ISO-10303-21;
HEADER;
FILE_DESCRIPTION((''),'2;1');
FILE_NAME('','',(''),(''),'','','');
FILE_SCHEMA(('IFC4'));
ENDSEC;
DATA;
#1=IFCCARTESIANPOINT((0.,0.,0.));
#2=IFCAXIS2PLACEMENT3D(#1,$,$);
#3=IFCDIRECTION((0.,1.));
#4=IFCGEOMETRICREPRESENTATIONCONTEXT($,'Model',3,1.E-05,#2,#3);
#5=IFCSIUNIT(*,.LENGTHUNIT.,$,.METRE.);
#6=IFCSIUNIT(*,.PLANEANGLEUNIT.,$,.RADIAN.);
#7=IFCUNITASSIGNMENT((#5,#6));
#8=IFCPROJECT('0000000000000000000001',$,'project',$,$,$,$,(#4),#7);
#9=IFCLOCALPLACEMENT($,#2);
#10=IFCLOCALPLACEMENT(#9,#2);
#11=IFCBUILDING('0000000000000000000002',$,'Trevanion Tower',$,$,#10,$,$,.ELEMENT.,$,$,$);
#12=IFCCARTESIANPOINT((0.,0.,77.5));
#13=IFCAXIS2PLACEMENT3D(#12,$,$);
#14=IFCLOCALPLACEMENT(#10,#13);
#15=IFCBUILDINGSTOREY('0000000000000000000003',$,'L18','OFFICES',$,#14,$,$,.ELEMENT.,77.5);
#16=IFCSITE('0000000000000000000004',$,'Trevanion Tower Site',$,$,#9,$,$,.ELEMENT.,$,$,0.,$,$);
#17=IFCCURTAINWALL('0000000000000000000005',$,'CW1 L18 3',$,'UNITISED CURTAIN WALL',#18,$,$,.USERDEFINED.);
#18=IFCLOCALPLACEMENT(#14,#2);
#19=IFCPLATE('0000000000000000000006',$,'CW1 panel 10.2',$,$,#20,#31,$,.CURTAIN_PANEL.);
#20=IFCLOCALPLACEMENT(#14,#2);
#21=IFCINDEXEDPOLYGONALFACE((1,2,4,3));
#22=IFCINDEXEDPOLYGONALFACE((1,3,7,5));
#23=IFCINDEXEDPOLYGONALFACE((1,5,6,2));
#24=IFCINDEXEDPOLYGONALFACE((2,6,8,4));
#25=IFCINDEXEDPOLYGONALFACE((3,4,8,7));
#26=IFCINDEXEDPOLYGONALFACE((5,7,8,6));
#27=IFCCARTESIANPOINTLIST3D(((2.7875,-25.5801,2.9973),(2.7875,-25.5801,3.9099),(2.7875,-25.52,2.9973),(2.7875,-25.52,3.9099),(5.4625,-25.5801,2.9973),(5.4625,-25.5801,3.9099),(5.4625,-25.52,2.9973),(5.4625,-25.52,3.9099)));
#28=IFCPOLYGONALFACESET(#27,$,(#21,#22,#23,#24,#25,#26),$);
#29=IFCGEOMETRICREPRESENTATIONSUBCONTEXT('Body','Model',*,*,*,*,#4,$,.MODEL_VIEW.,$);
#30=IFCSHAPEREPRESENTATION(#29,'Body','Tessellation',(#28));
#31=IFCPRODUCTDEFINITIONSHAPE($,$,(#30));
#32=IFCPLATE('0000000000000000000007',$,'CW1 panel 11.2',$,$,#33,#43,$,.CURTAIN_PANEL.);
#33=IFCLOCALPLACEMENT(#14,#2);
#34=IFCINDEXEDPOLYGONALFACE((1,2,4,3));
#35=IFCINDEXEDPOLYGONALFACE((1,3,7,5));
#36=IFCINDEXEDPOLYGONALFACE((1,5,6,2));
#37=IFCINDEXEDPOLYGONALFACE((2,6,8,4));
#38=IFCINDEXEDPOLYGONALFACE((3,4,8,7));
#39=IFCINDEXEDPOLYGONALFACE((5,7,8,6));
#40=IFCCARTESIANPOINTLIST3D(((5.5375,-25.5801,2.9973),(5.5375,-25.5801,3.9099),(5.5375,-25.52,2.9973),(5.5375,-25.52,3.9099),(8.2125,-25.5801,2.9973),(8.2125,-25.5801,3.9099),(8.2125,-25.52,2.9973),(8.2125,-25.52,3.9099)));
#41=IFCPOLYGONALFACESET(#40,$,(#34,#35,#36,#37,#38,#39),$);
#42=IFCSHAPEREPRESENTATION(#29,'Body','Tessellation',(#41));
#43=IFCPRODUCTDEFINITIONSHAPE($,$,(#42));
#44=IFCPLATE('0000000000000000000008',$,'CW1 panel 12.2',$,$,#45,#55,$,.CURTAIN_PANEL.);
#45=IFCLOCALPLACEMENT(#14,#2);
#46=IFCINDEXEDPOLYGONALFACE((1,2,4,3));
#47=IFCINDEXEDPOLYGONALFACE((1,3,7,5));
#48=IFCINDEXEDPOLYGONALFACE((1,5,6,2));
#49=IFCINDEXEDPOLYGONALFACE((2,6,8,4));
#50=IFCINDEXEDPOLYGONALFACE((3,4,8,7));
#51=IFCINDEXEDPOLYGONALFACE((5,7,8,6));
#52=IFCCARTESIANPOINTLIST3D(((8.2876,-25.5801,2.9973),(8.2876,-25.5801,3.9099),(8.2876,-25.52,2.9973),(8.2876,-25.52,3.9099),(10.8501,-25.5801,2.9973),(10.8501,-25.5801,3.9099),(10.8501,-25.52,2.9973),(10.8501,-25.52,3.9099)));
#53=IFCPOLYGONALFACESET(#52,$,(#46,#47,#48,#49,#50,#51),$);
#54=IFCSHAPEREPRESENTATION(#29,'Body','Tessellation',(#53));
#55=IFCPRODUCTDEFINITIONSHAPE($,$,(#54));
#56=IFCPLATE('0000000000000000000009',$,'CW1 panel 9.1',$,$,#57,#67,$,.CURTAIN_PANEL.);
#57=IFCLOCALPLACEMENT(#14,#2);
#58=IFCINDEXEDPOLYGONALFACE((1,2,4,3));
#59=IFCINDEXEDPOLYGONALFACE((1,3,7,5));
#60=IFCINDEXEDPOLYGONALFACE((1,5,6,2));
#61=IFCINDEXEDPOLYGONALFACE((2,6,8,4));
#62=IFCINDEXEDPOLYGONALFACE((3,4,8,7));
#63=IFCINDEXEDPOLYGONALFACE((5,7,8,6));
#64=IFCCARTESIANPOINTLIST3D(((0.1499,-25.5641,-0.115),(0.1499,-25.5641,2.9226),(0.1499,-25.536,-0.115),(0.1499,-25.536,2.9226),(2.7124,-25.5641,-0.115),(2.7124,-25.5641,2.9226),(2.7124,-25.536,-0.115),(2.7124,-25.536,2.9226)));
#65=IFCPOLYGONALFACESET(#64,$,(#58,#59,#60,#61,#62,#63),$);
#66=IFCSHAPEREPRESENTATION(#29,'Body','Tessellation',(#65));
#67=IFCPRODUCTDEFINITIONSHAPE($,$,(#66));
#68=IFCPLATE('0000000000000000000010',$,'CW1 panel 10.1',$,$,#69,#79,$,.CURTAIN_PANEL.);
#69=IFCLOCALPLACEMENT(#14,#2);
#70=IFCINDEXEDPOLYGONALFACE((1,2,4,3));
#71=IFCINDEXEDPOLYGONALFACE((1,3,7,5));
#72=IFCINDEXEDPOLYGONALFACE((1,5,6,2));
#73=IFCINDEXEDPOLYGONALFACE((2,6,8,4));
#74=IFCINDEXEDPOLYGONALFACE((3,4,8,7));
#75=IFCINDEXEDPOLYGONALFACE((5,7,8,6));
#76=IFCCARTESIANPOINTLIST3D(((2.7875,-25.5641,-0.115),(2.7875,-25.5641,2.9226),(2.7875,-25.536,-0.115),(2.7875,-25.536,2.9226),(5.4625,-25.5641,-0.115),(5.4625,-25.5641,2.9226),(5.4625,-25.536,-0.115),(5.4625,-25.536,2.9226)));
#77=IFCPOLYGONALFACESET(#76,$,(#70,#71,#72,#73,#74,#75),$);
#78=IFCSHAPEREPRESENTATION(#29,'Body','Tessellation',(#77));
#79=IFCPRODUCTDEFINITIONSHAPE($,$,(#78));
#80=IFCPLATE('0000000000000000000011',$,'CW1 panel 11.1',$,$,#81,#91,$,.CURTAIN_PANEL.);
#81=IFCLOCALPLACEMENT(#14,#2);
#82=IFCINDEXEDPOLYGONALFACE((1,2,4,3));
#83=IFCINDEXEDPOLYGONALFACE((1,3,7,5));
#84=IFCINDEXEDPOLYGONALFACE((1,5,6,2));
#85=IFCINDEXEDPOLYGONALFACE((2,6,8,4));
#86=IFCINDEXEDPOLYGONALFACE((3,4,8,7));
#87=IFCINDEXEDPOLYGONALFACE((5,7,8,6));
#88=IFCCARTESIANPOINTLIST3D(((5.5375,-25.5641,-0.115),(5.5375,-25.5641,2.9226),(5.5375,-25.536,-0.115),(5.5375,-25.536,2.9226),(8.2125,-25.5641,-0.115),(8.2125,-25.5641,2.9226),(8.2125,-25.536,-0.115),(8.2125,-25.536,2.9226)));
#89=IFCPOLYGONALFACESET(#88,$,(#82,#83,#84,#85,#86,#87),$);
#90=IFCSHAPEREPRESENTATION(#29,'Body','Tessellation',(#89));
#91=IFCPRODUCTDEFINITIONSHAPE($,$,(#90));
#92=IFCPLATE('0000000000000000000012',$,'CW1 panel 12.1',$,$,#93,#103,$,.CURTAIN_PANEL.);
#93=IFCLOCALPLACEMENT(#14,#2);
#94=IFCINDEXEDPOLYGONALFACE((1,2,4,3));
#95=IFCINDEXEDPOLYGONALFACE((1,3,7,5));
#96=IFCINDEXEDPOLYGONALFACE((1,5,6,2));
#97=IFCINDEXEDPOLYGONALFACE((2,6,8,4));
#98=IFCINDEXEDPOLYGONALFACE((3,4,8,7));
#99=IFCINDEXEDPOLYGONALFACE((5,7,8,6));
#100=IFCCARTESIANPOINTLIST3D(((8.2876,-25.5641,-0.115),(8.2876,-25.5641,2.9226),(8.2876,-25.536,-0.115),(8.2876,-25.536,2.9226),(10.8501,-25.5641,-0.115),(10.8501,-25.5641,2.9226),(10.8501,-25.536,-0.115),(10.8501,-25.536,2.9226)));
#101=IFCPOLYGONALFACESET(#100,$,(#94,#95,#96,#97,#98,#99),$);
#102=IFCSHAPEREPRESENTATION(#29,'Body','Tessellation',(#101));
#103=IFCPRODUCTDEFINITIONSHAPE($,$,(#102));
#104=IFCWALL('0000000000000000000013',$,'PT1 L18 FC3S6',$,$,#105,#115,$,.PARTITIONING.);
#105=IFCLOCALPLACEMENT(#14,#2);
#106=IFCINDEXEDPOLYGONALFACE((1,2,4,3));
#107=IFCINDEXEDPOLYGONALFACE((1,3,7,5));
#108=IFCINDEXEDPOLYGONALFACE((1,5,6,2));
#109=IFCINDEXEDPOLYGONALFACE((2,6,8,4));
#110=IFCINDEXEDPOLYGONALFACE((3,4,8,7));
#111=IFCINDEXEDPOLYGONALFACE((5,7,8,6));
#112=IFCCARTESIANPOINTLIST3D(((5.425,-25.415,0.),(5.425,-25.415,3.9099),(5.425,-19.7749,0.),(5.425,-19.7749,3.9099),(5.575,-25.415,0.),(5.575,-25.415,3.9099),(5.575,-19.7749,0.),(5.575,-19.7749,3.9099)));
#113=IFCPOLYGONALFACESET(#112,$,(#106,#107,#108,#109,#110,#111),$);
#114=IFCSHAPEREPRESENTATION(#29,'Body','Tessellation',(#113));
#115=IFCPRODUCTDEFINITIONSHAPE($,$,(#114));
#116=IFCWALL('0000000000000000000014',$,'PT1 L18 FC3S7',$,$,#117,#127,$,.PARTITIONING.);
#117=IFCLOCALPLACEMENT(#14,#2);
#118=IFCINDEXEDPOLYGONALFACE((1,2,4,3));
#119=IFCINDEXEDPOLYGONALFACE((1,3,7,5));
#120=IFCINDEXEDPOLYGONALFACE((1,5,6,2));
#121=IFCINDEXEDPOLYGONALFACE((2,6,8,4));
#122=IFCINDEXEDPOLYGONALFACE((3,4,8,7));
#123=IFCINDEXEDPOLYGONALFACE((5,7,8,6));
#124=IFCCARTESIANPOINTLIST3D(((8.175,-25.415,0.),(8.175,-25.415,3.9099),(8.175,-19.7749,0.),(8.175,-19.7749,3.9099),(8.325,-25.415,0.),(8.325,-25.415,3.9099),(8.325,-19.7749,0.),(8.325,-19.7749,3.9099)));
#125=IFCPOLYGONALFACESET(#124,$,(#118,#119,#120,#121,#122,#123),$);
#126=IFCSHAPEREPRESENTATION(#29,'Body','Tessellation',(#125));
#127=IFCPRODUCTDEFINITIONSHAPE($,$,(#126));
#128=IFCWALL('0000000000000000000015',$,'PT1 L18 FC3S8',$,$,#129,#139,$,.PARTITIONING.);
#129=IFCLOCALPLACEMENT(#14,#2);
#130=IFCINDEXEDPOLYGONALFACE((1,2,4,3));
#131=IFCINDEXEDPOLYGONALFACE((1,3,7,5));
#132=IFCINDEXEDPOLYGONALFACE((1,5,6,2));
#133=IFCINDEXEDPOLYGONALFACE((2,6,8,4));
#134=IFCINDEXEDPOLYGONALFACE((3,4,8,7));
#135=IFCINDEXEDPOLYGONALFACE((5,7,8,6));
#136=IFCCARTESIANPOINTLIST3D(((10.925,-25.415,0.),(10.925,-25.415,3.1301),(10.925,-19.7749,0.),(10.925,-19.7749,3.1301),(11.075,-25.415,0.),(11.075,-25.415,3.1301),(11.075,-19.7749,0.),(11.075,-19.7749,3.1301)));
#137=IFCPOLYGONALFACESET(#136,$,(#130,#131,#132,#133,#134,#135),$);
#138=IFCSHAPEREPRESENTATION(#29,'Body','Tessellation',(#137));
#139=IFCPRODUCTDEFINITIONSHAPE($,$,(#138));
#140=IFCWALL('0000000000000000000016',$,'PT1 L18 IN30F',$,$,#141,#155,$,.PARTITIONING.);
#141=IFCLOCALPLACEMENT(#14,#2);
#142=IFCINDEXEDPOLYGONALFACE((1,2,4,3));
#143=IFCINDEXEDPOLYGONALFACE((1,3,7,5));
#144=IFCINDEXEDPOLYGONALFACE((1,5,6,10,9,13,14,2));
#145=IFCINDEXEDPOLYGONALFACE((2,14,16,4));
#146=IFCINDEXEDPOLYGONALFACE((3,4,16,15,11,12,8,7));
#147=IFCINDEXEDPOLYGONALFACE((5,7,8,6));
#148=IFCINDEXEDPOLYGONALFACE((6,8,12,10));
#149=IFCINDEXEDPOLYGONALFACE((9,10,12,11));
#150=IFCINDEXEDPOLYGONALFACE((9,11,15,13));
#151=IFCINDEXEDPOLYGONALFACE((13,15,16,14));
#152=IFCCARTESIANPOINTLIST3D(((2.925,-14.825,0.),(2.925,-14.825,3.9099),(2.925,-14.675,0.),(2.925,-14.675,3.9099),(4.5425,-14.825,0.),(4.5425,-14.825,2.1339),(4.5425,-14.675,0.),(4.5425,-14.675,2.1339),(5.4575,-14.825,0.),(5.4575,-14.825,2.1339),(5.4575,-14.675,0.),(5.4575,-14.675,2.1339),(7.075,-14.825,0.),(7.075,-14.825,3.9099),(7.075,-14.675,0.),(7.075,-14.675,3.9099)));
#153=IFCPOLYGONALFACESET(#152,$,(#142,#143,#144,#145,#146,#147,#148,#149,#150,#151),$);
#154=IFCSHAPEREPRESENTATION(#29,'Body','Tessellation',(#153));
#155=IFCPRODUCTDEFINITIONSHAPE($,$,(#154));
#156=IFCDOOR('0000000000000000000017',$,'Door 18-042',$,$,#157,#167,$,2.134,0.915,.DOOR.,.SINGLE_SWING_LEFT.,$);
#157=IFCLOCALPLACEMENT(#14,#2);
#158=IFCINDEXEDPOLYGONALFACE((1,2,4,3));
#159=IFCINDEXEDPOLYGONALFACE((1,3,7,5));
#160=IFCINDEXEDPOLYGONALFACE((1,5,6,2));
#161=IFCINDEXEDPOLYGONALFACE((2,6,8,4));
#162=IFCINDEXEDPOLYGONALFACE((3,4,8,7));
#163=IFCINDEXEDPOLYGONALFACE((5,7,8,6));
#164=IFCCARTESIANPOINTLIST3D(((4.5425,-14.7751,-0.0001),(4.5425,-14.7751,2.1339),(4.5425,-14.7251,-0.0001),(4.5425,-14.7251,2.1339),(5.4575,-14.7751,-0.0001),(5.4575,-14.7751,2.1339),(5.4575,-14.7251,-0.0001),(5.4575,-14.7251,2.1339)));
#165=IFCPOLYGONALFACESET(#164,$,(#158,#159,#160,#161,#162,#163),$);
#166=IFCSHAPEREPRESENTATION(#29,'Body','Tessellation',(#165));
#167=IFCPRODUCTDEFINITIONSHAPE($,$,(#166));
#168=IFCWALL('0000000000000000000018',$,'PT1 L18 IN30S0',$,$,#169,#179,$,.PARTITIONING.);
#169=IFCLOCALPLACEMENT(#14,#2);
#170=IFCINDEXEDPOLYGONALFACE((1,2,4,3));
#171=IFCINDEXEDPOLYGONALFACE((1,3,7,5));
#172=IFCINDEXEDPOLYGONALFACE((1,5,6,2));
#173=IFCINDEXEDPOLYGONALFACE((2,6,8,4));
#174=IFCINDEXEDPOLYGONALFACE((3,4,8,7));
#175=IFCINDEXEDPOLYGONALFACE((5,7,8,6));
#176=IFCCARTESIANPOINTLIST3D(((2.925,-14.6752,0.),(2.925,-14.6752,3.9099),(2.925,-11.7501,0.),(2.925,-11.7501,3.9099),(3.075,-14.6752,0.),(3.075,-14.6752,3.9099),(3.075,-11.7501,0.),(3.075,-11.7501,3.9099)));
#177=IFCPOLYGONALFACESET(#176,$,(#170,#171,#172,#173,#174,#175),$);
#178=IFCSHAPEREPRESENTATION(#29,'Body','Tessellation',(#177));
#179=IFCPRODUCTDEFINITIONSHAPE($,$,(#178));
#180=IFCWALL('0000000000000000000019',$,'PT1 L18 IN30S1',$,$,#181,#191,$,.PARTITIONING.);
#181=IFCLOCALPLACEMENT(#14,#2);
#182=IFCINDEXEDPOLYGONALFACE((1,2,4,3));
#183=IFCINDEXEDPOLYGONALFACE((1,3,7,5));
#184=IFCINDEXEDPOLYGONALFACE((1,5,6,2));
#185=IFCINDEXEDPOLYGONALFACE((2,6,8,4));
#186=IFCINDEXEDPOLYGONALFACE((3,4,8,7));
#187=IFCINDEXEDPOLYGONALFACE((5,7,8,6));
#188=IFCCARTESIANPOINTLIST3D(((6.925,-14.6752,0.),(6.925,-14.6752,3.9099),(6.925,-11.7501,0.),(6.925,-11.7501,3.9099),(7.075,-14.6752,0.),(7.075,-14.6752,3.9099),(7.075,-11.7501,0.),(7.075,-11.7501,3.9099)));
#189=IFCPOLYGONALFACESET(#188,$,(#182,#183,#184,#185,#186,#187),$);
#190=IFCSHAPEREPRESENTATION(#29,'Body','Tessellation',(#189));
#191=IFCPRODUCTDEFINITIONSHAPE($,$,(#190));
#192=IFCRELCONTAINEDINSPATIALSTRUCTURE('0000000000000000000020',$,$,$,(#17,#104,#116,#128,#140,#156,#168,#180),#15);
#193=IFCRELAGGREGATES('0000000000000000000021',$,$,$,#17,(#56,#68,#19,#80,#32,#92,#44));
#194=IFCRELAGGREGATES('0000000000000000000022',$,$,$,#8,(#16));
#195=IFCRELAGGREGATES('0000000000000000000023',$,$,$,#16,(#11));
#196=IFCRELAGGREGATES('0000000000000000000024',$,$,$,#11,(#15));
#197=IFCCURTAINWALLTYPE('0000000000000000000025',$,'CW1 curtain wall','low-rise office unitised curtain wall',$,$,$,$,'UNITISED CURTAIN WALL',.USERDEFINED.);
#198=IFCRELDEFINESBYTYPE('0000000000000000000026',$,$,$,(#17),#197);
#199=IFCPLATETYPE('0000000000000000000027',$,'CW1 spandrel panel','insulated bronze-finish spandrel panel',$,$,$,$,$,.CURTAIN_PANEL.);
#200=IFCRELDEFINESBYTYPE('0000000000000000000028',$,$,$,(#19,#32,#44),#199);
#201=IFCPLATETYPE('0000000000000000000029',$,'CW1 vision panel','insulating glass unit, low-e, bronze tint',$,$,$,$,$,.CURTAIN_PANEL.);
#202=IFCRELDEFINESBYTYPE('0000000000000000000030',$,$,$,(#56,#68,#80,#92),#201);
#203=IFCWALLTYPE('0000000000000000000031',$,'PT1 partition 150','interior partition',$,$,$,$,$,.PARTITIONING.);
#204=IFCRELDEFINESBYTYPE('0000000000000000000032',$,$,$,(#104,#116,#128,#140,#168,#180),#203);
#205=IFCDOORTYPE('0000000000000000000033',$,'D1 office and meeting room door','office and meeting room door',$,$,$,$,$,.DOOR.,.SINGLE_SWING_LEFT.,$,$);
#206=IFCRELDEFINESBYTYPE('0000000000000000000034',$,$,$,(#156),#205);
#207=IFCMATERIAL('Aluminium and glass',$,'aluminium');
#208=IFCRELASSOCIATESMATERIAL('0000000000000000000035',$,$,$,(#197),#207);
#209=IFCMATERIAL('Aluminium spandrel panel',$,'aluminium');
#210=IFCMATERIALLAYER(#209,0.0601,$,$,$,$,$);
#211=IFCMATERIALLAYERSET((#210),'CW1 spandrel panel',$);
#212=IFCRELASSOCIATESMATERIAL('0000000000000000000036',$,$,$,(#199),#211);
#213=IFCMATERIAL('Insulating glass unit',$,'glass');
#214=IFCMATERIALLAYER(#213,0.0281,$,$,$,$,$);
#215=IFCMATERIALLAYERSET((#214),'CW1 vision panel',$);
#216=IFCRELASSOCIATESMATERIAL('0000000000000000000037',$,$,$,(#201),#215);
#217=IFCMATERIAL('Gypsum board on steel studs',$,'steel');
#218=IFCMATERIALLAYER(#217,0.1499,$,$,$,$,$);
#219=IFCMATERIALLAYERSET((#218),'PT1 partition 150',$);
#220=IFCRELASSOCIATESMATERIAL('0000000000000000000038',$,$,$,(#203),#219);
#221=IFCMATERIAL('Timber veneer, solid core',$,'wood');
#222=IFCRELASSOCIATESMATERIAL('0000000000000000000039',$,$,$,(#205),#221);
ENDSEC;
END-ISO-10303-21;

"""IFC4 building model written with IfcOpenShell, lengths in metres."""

from ifc_helpers import new_model, si_unit, direction, frame, frame_2d, origin, origin_2d, place, context, subcontext, project, spatial, rectangle, extrude, material, layer, layer_set, type_object, element, fill, aggregate, save


model = new_model("IFC4")

# Units and contexts
model_context = context("Model", 3, precision=1e-05, world=origin(), true_north=direction((0.0, 1.0)))
body_context = subcontext(model_context, "Body", "Model", "MODEL_VIEW")
ifc_project = project(units=[si_unit("LENGTHUNIT", "METRE"), si_unit("PLANEANGLEUNIT", "RADIAN")], contexts=[model_context])

# Site, building, storey
site_placement = place(None, origin())
site = spatial("IfcSite", under=ifc_project, at=site_placement, Name="Trevanion Tower Site", CompositionType="ELEMENT", RefElevation=0.0)
building_placement = place(site_placement, origin())
building = spatial("IfcBuilding", under=site, at=building_placement, Name="Trevanion Tower", CompositionType="ELEMENT")
storey_placement = place(building_placement, frame((0.0, 0.0, 77.5)))
storey = spatial("IfcBuildingStorey", under=building, at=storey_placement, Name="L18", Description="OFFICES", CompositionType="ELEMENT", Elevation=77.5)

# Curtain wall
ifc_material_1 = material(Name="Aluminium and glass", Category="aluminium")
curtain_wall_type = type_object("IfcCurtainWallType", Name="CW1 curtain wall", Description="low-rise office unitised curtain wall", ElementType="UNITISED CURTAIN WALL", PredefinedType="USERDEFINED", material=ifc_material_1)
curtain_wall_placement = place(storey_placement, origin())
curtain_wall = element("IfcCurtainWall", 1, at=curtain_wall_placement, inside=storey, type_object=curtain_wall_type, Name="CW1 L18 3", ObjectType="UNITISED CURTAIN WALL", PredefinedType="USERDEFINED")

# Plates
ifc_material_2 = material(Name="Aluminium spandrel panel", Category="aluminium")
ifc_layer_1 = layer(ifc_material_2, 0.0601)
ifc_layer_set_1 = layer_set([ifc_layer_1], Name="CW1 spandrel panel")
plate_type_1 = type_object("IfcPlateType", Name="CW1 spandrel panel", Description="insulated bronze-finish spandrel panel", PredefinedType="CURTAIN_PANEL", material=ifc_layer_set_1)
plate_1_placement = place(storey_placement, frame((4.125, -25.55, 2.9973), z_axis=(0.0, 0.0, 1.0), x_axis=(1.0, 0.0, 0.0)))
plate_1 = element("IfcPlate", 2, at=plate_1_placement, type_object=plate_type_1, Name="CW1 panel 10.2", PredefinedType="CURTAIN_PANEL", context=body_context, shape_type="SweptSolid", body=[
    extrude(rectangle(XDim=2.675, YDim=0.0601, at=origin_2d()), origin(), (0.0, 0.0, 1.0), 0.9126),
])
plate_2_placement = place(storey_placement, frame((6.875, -25.55, 2.9973), z_axis=(0.0, 0.0, 1.0), x_axis=(1.0, 0.0, 0.0)))
plate_2 = element("IfcPlate", 3, at=plate_2_placement, type_object=plate_type_1, Name="CW1 panel 11.2", PredefinedType="CURTAIN_PANEL", context=body_context, shape_type="SweptSolid", body=[
    extrude(rectangle(XDim=2.675, YDim=0.0601, at=origin_2d()), origin(), (0.0, 0.0, 1.0), 0.9126),
])
plate_3_placement = place(storey_placement, frame((9.5688, -25.55, 2.9973), z_axis=(0.0, 0.0, 1.0), x_axis=(1.0, 0.0, 0.0)))
plate_3 = element("IfcPlate", 4, at=plate_3_placement, type_object=plate_type_1, Name="CW1 panel 12.2", PredefinedType="CURTAIN_PANEL", context=body_context, shape_type="SweptSolid", body=[
    extrude(rectangle(XDim=2.5625, YDim=0.0601, at=origin_2d()), origin(), (0.0, 0.0, 1.0), 0.9126),
])
ifc_material_3 = material(Name="Insulating glass unit", Category="glass")
ifc_layer_2 = layer(ifc_material_3, 0.0281)
ifc_layer_set_2 = layer_set([ifc_layer_2], Name="CW1 vision panel")
plate_type_2 = type_object("IfcPlateType", Name="CW1 vision panel", Description="insulating glass unit, low-e, bronze tint", PredefinedType="CURTAIN_PANEL", material=ifc_layer_set_2)
plate_4_placement = place(storey_placement, frame((1.4312, -25.55, -0.115), z_axis=(0.0, 0.0, 1.0), x_axis=(1.0, 0.0, 0.0)))
plate_4 = element("IfcPlate", 5, at=plate_4_placement, type_object=plate_type_2, Name="CW1 panel 9.1", PredefinedType="CURTAIN_PANEL", context=body_context, shape_type="SweptSolid", body=[
    extrude(rectangle(XDim=2.5625, YDim=0.0281, at=origin_2d()), origin(), (0.0, 0.0, 1.0), 3.0376),
])
plate_5_placement = place(storey_placement, frame((4.125, -25.55, -0.115), z_axis=(0.0, 0.0, 1.0), x_axis=(1.0, 0.0, 0.0)))
plate_5 = element("IfcPlate", 6, at=plate_5_placement, type_object=plate_type_2, Name="CW1 panel 10.1", PredefinedType="CURTAIN_PANEL", context=body_context, shape_type="SweptSolid", body=[
    extrude(rectangle(XDim=2.675, YDim=0.0281, at=origin_2d()), origin(), (0.0, 0.0, 1.0), 3.0376),
])
plate_6_placement = place(storey_placement, frame((6.875, -25.55, -0.115), z_axis=(0.0, 0.0, 1.0), x_axis=(1.0, 0.0, 0.0)))
plate_6 = element("IfcPlate", 7, at=plate_6_placement, type_object=plate_type_2, Name="CW1 panel 11.1", PredefinedType="CURTAIN_PANEL", context=body_context, shape_type="SweptSolid", body=[
    extrude(rectangle(XDim=2.675, YDim=0.0281, at=origin_2d()), origin(), (0.0, 0.0, 1.0), 3.0376),
])
plate_7_placement = place(storey_placement, frame((9.5688, -25.55, -0.115), z_axis=(0.0, 0.0, 1.0), x_axis=(1.0, 0.0, 0.0)))
plate_7 = element("IfcPlate", 8, at=plate_7_placement, type_object=plate_type_2, Name="CW1 panel 12.1", PredefinedType="CURTAIN_PANEL", context=body_context, shape_type="SweptSolid", body=[
    extrude(rectangle(XDim=2.5625, YDim=0.0281, at=origin_2d()), origin(), (0.0, 0.0, 1.0), 3.0376),
])
aggregate(curtain_wall, [plate_4, plate_5, plate_1, plate_6, plate_2, plate_7, plate_3])

# Walls
ifc_material_4 = material(Name="Gypsum board on steel studs", Category="steel")
ifc_layer_3 = layer(ifc_material_4, 0.1499)
ifc_layer_set_3 = layer_set([ifc_layer_3], Name="PT1 partition 150")
wall_type = type_object("IfcWallType", Name="PT1 partition 150", Description="interior partition", PredefinedType="PARTITIONING", material=ifc_layer_set_3)
for number, where, z_axis, x_axis, name in (
    (9, (5.5, -19.7749, 0.0), (0.0, 0.0, 1.0), (0.0, -1.0, 0.0), "PT1 L18 FC3S6"),
    (10, (8.25, -19.7749, 0.0), (0.0, 0.0, 1.0), (0.0, -1.0, 0.0), "PT1 L18 FC3S7"),
):
    element("IfcWall", number, at=place(storey_placement, frame(where, z_axis=z_axis, x_axis=x_axis)), inside=storey, type_object=wall_type, Name=name, PredefinedType="PARTITIONING", context=body_context, shape_type="SweptSolid", body=[
        extrude(rectangle(XDim=5.6401, YDim=0.1499, at=frame_2d((2.8201, 0.0))), origin(), (0.0, 0.0, 1.0), 3.9099),
    ])
wall_1_placement = place(storey_placement, frame((11.0, -19.7749, 0.0), z_axis=(0.0, 0.0, 1.0), x_axis=(0.0, -1.0, 0.0)))
element("IfcWall", 11, at=wall_1_placement, inside=storey, type_object=wall_type, Name="PT1 L18 FC3S8", PredefinedType="PARTITIONING", context=body_context, shape_type="SweptSolid", body=[
    extrude(rectangle(XDim=5.6401, YDim=0.1499, at=frame_2d((2.8201, 0.0))), origin(), (0.0, 0.0, 1.0), 3.1301),
])

# Wall, opening, door
wall_2_placement = place(storey_placement, frame((2.925, -14.75, 0.0), z_axis=(0.0, 0.0, 1.0), x_axis=(1.0, 0.0, 0.0)))
wall_2 = element("IfcWall", 12, at=wall_2_placement, inside=storey, type_object=wall_type, Name="PT1 L18 IN30F", PredefinedType="PARTITIONING", context=body_context, shape_type="SweptSolid", body=[
    extrude(rectangle(XDim=4.1499, YDim=0.1499, at=frame_2d((2.075, 0.0))), origin(), (0.0, 0.0, 1.0), 3.9099),
])
opening_placement = place(wall_2_placement, frame((1.6174, 0.0, 0.0)))
opening = element("IfcOpeningElement", 13, at=opening_placement, cuts=wall_2, PredefinedType="OPENING", context=body_context, shape_type="SweptSolid", body=[
    extrude(rectangle(XDim=0.915, YDim=2.134, at=frame_2d((0.4575, 1.0669))), frame((0.0, 0.085, 0.0), z_axis=(0.0, -1.0, 0.0), x_axis=(1.0, 0.0, 0.0)), (0.0, 0.0, 1.0), 0.1699),
])
ifc_material_5 = material(Name="Timber veneer, solid core", Category="wood")
door_type = type_object("IfcDoorType", Name="D1 office and meeting room door", Description="office and meeting room door", OperationType="SINGLE_SWING_LEFT", PredefinedType="DOOR", material=ifc_material_5)
door_placement = place(opening_placement, origin())
door = element("IfcDoor", 14, at=door_placement, inside=storey, type_object=door_type, Name="Door 18-042", OperationType="SINGLE_SWING_LEFT", OverallHeight=2.134, OverallWidth=0.915, PredefinedType="DOOR", context=body_context, shape_type="SweptSolid", body=[
    extrude(rectangle(XDim=0.915, YDim=2.134, at=frame_2d((0.4575, 1.0669))), frame((0.0, 0.0249, 0.0), z_axis=(0.0, -1.0, 0.0), x_axis=(1.0, 0.0, 0.0)), (0.0, 0.0, 1.0), 0.05),
])
fill(opening, door)

# Walls
for number, where, z_axis, x_axis, name in (
    (15, (3.0, -14.675, 0.0), (0.0, 0.0, 1.0), (0.0, 1.0, 0.0), "PT1 L18 IN30S0"),
    (16, (7.0, -14.675, 0.0), (0.0, 0.0, 1.0), (0.0, 1.0, 0.0), "PT1 L18 IN30S1"),
):
    element("IfcWall", number, at=place(storey_placement, frame(where, z_axis=z_axis, x_axis=x_axis)), inside=storey, type_object=wall_type, Name=name, PredefinedType="PARTITIONING", context=body_context, shape_type="SweptSolid", body=[
        extrude(rectangle(XDim=2.925, YDim=0.1499, at=frame_2d((1.4624, 0.0))), origin(), (0.0, 0.0, 1.0), 3.9099),
    ])

save(model, "model.ifc")
